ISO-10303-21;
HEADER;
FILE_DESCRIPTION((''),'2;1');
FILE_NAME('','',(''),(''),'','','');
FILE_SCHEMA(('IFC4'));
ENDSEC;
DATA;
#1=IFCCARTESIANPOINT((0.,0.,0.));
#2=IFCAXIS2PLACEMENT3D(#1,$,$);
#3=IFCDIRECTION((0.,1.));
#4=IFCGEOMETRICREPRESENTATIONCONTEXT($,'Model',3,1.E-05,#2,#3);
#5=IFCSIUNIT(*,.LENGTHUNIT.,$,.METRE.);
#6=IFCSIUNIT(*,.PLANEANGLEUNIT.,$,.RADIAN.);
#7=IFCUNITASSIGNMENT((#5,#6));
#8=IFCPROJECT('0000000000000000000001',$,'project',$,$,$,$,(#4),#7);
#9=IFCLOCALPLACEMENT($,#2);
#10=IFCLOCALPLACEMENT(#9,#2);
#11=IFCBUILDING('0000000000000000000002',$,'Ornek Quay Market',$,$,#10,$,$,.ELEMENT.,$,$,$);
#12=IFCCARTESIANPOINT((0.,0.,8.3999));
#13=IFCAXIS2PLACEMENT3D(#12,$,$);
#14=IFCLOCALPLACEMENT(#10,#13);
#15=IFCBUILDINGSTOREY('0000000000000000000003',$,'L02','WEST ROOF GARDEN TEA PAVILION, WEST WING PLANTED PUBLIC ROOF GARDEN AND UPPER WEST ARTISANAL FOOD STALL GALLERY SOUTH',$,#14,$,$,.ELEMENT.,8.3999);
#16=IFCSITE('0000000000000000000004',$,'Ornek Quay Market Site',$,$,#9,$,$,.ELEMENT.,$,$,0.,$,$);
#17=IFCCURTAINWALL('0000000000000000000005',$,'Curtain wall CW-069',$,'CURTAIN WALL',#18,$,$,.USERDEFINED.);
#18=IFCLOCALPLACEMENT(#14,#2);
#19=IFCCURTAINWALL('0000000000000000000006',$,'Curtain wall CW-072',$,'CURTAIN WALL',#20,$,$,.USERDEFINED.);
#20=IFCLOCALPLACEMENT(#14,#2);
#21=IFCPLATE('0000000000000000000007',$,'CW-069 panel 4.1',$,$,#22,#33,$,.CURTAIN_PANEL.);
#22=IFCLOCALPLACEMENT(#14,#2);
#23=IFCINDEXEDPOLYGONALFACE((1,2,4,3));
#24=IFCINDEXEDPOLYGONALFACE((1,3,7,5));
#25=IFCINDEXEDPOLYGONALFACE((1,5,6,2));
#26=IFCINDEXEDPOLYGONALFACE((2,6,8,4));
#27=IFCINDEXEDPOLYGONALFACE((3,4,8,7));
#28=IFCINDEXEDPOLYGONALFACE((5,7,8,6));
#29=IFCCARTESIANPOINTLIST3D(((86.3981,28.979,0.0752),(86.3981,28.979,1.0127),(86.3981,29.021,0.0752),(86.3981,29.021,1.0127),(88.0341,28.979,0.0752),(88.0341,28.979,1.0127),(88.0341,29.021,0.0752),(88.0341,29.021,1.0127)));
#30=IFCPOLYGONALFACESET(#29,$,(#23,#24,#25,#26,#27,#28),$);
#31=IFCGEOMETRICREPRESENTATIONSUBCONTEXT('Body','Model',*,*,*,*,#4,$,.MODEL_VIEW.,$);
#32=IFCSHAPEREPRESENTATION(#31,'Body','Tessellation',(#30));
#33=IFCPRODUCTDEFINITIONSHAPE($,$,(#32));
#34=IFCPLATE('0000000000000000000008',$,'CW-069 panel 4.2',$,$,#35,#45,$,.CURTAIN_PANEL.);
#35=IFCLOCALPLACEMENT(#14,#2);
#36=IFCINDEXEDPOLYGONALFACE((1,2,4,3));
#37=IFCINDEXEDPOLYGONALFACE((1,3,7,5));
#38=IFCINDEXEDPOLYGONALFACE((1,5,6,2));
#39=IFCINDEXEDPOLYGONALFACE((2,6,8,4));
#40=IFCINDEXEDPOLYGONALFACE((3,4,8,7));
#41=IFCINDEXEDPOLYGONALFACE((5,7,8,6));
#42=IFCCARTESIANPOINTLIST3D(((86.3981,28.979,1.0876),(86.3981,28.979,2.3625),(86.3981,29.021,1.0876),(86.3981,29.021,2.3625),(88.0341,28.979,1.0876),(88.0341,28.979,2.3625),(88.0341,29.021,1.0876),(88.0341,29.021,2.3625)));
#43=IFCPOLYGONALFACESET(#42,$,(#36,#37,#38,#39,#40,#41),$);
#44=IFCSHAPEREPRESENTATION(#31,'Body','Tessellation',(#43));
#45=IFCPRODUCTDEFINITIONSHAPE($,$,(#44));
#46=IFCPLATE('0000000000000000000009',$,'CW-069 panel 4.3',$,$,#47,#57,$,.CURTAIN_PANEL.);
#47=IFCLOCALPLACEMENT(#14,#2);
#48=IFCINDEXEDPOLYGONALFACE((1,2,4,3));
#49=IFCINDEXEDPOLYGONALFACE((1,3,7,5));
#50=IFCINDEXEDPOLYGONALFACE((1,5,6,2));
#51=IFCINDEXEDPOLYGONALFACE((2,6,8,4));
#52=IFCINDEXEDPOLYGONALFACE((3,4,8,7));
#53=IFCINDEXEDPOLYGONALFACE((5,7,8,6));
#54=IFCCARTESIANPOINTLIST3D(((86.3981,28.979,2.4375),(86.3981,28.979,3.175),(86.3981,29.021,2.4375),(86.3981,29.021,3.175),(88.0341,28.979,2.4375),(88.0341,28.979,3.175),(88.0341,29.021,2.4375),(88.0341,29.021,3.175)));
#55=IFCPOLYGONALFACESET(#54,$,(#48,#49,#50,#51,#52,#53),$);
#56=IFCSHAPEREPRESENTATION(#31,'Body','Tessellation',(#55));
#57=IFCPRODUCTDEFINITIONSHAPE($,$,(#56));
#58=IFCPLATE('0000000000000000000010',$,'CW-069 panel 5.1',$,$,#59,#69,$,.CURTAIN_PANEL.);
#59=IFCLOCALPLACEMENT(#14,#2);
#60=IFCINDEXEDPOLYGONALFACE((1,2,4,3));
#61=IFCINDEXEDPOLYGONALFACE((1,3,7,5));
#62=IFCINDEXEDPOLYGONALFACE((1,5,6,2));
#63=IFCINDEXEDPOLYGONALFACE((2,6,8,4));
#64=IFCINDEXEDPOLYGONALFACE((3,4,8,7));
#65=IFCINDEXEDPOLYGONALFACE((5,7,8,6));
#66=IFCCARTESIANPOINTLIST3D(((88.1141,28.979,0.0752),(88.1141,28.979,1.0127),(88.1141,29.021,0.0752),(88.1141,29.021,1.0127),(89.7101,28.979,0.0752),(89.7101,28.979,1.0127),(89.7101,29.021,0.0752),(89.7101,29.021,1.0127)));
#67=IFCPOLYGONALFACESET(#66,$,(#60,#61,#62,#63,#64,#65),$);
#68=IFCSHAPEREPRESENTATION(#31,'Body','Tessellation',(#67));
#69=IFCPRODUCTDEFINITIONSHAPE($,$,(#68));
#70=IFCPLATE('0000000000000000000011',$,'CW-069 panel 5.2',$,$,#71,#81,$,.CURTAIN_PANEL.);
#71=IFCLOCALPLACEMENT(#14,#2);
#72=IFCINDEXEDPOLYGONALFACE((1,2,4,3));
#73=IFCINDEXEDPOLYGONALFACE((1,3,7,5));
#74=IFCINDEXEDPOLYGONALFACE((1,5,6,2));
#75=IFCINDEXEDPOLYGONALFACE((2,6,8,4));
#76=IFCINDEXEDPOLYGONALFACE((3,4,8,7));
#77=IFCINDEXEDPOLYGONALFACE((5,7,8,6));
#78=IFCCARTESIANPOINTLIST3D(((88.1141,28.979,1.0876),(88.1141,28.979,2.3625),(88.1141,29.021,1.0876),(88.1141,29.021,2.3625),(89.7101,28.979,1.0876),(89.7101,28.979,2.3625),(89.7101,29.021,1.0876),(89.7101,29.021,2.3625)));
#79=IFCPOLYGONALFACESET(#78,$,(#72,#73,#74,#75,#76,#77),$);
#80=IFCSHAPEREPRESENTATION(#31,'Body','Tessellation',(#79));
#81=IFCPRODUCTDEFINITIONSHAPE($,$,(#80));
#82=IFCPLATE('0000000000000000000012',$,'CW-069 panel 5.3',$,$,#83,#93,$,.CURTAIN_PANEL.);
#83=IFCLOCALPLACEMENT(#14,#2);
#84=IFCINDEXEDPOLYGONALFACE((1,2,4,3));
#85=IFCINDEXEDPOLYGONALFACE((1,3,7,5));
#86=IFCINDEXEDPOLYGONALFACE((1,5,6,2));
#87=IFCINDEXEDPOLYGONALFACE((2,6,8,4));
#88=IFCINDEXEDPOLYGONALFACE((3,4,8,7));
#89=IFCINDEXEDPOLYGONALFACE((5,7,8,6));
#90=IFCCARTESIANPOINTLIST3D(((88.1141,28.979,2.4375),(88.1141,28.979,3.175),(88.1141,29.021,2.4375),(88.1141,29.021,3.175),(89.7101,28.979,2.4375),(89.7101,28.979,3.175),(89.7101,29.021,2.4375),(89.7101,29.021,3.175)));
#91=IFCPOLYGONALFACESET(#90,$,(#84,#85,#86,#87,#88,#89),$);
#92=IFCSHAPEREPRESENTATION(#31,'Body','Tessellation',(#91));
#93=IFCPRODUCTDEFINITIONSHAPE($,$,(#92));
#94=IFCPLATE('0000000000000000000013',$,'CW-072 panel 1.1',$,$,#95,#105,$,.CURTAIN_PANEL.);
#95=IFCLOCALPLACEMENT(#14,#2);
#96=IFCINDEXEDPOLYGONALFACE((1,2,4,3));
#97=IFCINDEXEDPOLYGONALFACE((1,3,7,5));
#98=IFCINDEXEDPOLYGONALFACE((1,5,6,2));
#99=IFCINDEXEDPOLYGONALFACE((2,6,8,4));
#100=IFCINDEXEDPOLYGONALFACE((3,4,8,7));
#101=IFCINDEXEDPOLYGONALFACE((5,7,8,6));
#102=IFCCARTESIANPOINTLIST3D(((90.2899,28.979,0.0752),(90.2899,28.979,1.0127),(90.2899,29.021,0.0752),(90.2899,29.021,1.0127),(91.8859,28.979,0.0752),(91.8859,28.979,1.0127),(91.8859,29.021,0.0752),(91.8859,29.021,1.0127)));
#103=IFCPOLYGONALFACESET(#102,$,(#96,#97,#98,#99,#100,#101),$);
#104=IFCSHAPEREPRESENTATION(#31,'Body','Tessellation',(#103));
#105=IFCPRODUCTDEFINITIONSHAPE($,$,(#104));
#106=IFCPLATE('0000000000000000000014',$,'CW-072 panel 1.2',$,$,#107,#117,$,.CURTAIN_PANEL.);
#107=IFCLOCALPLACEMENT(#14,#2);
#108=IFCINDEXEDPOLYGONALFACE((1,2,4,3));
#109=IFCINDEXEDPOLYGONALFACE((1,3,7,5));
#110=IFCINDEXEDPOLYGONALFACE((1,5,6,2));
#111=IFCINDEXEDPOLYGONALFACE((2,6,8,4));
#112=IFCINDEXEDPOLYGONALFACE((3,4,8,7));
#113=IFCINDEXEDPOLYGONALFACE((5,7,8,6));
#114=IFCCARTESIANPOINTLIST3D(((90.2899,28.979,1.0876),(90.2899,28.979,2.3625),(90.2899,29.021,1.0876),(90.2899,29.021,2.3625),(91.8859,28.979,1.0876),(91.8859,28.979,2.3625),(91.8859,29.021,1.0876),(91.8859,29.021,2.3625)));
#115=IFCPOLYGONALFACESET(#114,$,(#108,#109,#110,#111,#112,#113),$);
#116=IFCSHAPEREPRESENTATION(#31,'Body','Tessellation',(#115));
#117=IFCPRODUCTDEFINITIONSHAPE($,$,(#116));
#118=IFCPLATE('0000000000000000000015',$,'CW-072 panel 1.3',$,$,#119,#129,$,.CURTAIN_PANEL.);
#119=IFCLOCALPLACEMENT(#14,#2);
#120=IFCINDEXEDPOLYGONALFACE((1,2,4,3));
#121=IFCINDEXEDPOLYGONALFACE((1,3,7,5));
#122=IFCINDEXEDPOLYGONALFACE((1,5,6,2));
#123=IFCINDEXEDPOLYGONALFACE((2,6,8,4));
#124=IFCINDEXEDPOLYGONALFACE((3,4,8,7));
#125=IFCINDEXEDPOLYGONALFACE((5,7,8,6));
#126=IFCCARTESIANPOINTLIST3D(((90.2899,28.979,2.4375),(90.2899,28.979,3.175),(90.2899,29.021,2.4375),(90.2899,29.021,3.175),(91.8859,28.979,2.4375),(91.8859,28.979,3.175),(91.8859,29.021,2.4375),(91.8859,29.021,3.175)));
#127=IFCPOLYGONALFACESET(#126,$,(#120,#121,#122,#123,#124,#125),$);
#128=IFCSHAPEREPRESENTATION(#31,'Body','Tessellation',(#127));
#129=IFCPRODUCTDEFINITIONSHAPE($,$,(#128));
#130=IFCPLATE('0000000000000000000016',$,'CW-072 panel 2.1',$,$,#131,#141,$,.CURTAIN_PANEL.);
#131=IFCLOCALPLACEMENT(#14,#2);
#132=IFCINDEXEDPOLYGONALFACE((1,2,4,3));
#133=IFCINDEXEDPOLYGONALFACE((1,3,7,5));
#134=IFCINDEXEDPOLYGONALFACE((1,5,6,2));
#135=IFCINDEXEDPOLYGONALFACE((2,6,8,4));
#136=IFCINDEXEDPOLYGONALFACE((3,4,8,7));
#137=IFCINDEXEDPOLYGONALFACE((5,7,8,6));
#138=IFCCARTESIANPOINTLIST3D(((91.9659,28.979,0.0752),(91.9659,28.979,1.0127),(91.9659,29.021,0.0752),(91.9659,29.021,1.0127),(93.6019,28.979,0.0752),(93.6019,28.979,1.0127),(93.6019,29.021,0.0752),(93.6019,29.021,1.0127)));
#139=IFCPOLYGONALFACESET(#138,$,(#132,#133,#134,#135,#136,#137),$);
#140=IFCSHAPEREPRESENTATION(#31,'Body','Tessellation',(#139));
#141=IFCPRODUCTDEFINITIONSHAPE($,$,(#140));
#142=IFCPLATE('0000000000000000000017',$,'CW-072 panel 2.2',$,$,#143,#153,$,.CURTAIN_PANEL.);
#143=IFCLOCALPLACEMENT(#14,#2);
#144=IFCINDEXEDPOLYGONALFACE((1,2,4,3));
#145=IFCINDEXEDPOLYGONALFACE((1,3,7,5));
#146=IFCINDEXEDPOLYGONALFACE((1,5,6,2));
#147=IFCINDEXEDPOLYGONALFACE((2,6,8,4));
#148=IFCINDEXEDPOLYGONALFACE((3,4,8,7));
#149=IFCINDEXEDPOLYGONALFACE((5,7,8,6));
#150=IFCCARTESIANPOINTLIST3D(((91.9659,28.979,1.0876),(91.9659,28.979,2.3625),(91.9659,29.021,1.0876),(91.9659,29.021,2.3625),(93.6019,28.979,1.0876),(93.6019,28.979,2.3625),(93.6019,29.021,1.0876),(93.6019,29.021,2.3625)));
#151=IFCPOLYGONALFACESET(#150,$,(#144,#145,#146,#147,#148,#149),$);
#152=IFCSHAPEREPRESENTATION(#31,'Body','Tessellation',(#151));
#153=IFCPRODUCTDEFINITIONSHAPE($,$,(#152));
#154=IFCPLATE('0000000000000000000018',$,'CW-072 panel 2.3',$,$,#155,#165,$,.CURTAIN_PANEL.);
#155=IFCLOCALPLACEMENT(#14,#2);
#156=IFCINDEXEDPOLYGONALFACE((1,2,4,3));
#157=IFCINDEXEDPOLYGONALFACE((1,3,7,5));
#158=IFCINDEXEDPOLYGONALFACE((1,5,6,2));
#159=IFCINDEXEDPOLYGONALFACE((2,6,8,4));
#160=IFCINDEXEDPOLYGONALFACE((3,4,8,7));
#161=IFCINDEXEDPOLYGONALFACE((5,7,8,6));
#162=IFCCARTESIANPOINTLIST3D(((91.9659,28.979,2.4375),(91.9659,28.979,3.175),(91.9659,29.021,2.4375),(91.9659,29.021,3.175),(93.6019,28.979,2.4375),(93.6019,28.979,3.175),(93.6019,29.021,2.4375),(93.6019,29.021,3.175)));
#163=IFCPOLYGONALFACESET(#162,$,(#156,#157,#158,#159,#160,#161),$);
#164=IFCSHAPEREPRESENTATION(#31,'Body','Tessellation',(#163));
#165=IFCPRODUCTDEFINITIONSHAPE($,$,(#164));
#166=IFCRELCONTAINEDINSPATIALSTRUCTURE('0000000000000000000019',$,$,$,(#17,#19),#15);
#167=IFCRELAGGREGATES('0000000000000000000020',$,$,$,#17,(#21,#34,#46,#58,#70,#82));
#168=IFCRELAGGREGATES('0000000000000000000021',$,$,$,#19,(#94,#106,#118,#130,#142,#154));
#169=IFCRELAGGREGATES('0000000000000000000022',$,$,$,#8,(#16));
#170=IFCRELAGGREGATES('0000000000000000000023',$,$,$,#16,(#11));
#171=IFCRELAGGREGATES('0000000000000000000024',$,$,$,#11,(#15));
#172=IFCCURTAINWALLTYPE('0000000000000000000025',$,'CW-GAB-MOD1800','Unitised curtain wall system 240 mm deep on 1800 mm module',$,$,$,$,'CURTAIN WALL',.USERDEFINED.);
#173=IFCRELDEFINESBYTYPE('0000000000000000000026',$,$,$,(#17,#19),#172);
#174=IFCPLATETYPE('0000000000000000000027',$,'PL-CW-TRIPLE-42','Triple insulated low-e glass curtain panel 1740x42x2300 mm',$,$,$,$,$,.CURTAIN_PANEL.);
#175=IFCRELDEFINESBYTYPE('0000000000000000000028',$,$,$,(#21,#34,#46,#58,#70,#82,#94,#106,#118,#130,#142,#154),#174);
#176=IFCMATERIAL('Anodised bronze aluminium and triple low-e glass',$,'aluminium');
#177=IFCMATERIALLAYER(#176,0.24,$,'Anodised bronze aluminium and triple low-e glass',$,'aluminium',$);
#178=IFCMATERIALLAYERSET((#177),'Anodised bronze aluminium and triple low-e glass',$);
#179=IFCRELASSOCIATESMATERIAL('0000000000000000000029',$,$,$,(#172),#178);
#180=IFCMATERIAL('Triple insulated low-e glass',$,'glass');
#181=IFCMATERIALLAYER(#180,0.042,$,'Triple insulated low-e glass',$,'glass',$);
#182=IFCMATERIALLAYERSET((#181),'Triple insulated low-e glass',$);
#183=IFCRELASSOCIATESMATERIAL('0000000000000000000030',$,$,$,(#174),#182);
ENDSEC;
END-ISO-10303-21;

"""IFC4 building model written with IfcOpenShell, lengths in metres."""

from ifc_helpers import new_model, si_unit, direction, frame, origin, origin_2d, place, context, subcontext, project, spatial, rectangle, extrude, material, layer, layer_set, type_object, element, aggregate, save


model = new_model("IFC4")

# Units and contexts
model_context = context("Model", 3, precision=1e-05, world=origin(), true_north=direction((0.0, 1.0)))
body_context = subcontext(model_context, "Body", "Model", "MODEL_VIEW")
ifc_project = project(units=[si_unit("LENGTHUNIT", "METRE"), si_unit("PLANEANGLEUNIT", "RADIAN")], contexts=[model_context])

# Site, building, storey
site_placement = place(None, origin())
site = spatial("IfcSite", under=ifc_project, at=site_placement, Name="Ornek Quay Market Site", CompositionType="ELEMENT", RefElevation=0.0)
building_placement = place(site_placement, origin())
building = spatial("IfcBuilding", under=site, at=building_placement, Name="Ornek Quay Market", CompositionType="ELEMENT")
storey_placement = place(building_placement, frame((0.0, 0.0, 8.3999)))
storey = spatial("IfcBuildingStorey", under=building, at=storey_placement, Name="L02", Description="WEST ROOF GARDEN TEA PAVILION, WEST WING PLANTED PUBLIC ROOF GARDEN AND UPPER WEST ARTISANAL FOOD STALL GALLERY SOUTH", CompositionType="ELEMENT", Elevation=8.3999)

# Curtain walls
ifc_material_1 = material(Name="Anodised bronze aluminium and triple low-e glass", Category="aluminium")
ifc_layer_1 = layer(ifc_material_1, 0.24, Name="Anodised bronze aluminium and triple low-e glass", Category="aluminium")
ifc_layer_set_1 = layer_set([ifc_layer_1], Name="Anodised bronze aluminium and triple low-e glass")
curtain_wall_type = type_object("IfcCurtainWallType", Name="CW-GAB-MOD1800", Description="Unitised curtain wall system 240 mm deep on 1800 mm module", ElementType="CURTAIN WALL", PredefinedType="USERDEFINED", material=ifc_layer_set_1)
curtain_wall_1_placement = place(storey_placement, origin())
curtain_wall_1 = element("IfcCurtainWall", 1, at=curtain_wall_1_placement, inside=storey, type_object=curtain_wall_type, Name="Curtain wall CW-069", ObjectType="CURTAIN WALL", PredefinedType="USERDEFINED")
curtain_wall_2_placement = place(storey_placement, origin())
curtain_wall_2 = element("IfcCurtainWall", 2, at=curtain_wall_2_placement, inside=storey, type_object=curtain_wall_type, Name="Curtain wall CW-072", ObjectType="CURTAIN WALL", PredefinedType="USERDEFINED")

# Plates
ifc_material_2 = material(Name="Triple insulated low-e glass", Category="glass")
ifc_layer_2 = layer(ifc_material_2, 0.042, Name="Triple insulated low-e glass", Category="glass")
ifc_layer_set_2 = layer_set([ifc_layer_2], Name="Triple insulated low-e glass")
plate_type = type_object("IfcPlateType", Name="PL-CW-TRIPLE-42", Description="Triple insulated low-e glass curtain panel 1740x42x2300 mm", PredefinedType="CURTAIN_PANEL", material=ifc_layer_set_2)
plate_1_placement = place(storey_placement, frame((87.2161, 29.0, 0.0752), z_axis=(0.0, 0.0, 1.0), x_axis=(1.0, 0.0, 0.0)))
plate_1 = element("IfcPlate", 3, at=plate_1_placement, type_object=plate_type, Name="CW-069 panel 4.1", PredefinedType="CURTAIN_PANEL", context=body_context, shape_type="SweptSolid", body=[
    extrude(rectangle(XDim=1.636, YDim=0.042, at=origin_2d()), origin(), (0.0, 0.0, 1.0), 0.9375),
])
plate_2_placement = place(storey_placement, frame((87.2161, 29.0, 1.0876), z_axis=(0.0, 0.0, 1.0), x_axis=(1.0, 0.0, 0.0)))
plate_2 = element("IfcPlate", 4, at=plate_2_placement, type_object=plate_type, Name="CW-069 panel 4.2", PredefinedType="CURTAIN_PANEL", context=body_context, shape_type="SweptSolid", body=[
    extrude(rectangle(XDim=1.636, YDim=0.042, at=origin_2d()), origin(), (0.0, 0.0, 1.0), 1.2749),
])
plate_3_placement = place(storey_placement, frame((87.2161, 29.0, 2.4375), z_axis=(0.0, 0.0, 1.0), x_axis=(1.0, 0.0, 0.0)))
plate_3 = element("IfcPlate", 5, at=plate_3_placement, type_object=plate_type, Name="CW-069 panel 4.3", PredefinedType="CURTAIN_PANEL", context=body_context, shape_type="SweptSolid", body=[
    extrude(rectangle(XDim=1.636, YDim=0.042, at=origin_2d()), origin(), (0.0, 0.0, 1.0), 0.7375),
])
plate_4_placement = place(storey_placement, frame((88.9121, 29.0, 0.0752), z_axis=(0.0, 0.0, 1.0), x_axis=(1.0, 0.0, 0.0)))
plate_4 = element("IfcPlate", 6, at=plate_4_placement, type_object=plate_type, Name="CW-069 panel 5.1", PredefinedType="CURTAIN_PANEL", context=body_context, shape_type="SweptSolid", body=[
    extrude(rectangle(XDim=1.5959, YDim=0.042, at=origin_2d()), origin(), (0.0, 0.0, 1.0), 0.9375),
])
plate_5_placement = place(storey_placement, frame((88.9121, 29.0, 1.0876), z_axis=(0.0, 0.0, 1.0), x_axis=(1.0, 0.0, 0.0)))
plate_5 = element("IfcPlate", 7, at=plate_5_placement, type_object=plate_type, Name="CW-069 panel 5.2", PredefinedType="CURTAIN_PANEL", context=body_context, shape_type="SweptSolid", body=[
    extrude(rectangle(XDim=1.5959, YDim=0.042, at=origin_2d()), origin(), (0.0, 0.0, 1.0), 1.2749),
])
plate_6_placement = place(storey_placement, frame((88.9121, 29.0, 2.4375), z_axis=(0.0, 0.0, 1.0), x_axis=(1.0, 0.0, 0.0)))
plate_6 = element("IfcPlate", 8, at=plate_6_placement, type_object=plate_type, Name="CW-069 panel 5.3", PredefinedType="CURTAIN_PANEL", context=body_context, shape_type="SweptSolid", body=[
    extrude(rectangle(XDim=1.5959, YDim=0.042, at=origin_2d()), origin(), (0.0, 0.0, 1.0), 0.7375),
])
aggregate(curtain_wall_1, [plate_1, plate_2, plate_3, plate_4, plate_5, plate_6])
plate_7_placement = place(storey_placement, frame((91.0879, 29.0, 0.0752), z_axis=(0.0, 0.0, 1.0), x_axis=(1.0, 0.0, 0.0)))
plate_7 = element("IfcPlate", 9, at=plate_7_placement, type_object=plate_type, Name="CW-072 panel 1.1", PredefinedType="CURTAIN_PANEL", context=body_context, shape_type="SweptSolid", body=[
    extrude(rectangle(XDim=1.5959, YDim=0.042, at=origin_2d()), origin(), (0.0, 0.0, 1.0), 0.9375),
])
plate_8_placement = place(storey_placement, frame((91.0879, 29.0, 1.0876), z_axis=(0.0, 0.0, 1.0), x_axis=(1.0, 0.0, 0.0)))
plate_8 = element("IfcPlate", 10, at=plate_8_placement, type_object=plate_type, Name="CW-072 panel 1.2", PredefinedType="CURTAIN_PANEL", context=body_context, shape_type="SweptSolid", body=[
    extrude(rectangle(XDim=1.5959, YDim=0.042, at=origin_2d()), origin(), (0.0, 0.0, 1.0), 1.2749),
])
plate_9_placement = place(storey_placement, frame((91.0879, 29.0, 2.4375), z_axis=(0.0, 0.0, 1.0), x_axis=(1.0, 0.0, 0.0)))
plate_9 = element("IfcPlate", 11, at=plate_9_placement, type_object=plate_type, Name="CW-072 panel 1.3", PredefinedType="CURTAIN_PANEL", context=body_context, shape_type="SweptSolid", body=[
    extrude(rectangle(XDim=1.5959, YDim=0.042, at=origin_2d()), origin(), (0.0, 0.0, 1.0), 0.7375),
])
plate_10_placement = place(storey_placement, frame((92.7839, 29.0, 0.0752), z_axis=(0.0, 0.0, 1.0), x_axis=(1.0, 0.0, 0.0)))
plate_10 = element("IfcPlate", 12, at=plate_10_placement, type_object=plate_type, Name="CW-072 panel 2.1", PredefinedType="CURTAIN_PANEL", context=body_context, shape_type="SweptSolid", body=[
    extrude(rectangle(XDim=1.636, YDim=0.042, at=origin_2d()), origin(), (0.0, 0.0, 1.0), 0.9375),
])
plate_11_placement = place(storey_placement, frame((92.7839, 29.0, 1.0876), z_axis=(0.0, 0.0, 1.0), x_axis=(1.0, 0.0, 0.0)))
plate_11 = element("IfcPlate", 13, at=plate_11_placement, type_object=plate_type, Name="CW-072 panel 2.2", PredefinedType="CURTAIN_PANEL", context=body_context, shape_type="SweptSolid", body=[
    extrude(rectangle(XDim=1.636, YDim=0.042, at=origin_2d()), origin(), (0.0, 0.0, 1.0), 1.2749),
])
plate_12_placement = place(storey_placement, frame((92.7839, 29.0, 2.4375), z_axis=(0.0, 0.0, 1.0), x_axis=(1.0, 0.0, 0.0)))
plate_12 = element("IfcPlate", 14, at=plate_12_placement, type_object=plate_type, Name="CW-072 panel 2.3", PredefinedType="CURTAIN_PANEL", context=body_context, shape_type="SweptSolid", body=[
    extrude(rectangle(XDim=1.636, YDim=0.042, at=origin_2d()), origin(), (0.0, 0.0, 1.0), 0.7375),
])
aggregate(curtain_wall_2, [plate_7, plate_8, plate_9, plate_10, plate_11, plate_12])

save(model, "model.ifc")
